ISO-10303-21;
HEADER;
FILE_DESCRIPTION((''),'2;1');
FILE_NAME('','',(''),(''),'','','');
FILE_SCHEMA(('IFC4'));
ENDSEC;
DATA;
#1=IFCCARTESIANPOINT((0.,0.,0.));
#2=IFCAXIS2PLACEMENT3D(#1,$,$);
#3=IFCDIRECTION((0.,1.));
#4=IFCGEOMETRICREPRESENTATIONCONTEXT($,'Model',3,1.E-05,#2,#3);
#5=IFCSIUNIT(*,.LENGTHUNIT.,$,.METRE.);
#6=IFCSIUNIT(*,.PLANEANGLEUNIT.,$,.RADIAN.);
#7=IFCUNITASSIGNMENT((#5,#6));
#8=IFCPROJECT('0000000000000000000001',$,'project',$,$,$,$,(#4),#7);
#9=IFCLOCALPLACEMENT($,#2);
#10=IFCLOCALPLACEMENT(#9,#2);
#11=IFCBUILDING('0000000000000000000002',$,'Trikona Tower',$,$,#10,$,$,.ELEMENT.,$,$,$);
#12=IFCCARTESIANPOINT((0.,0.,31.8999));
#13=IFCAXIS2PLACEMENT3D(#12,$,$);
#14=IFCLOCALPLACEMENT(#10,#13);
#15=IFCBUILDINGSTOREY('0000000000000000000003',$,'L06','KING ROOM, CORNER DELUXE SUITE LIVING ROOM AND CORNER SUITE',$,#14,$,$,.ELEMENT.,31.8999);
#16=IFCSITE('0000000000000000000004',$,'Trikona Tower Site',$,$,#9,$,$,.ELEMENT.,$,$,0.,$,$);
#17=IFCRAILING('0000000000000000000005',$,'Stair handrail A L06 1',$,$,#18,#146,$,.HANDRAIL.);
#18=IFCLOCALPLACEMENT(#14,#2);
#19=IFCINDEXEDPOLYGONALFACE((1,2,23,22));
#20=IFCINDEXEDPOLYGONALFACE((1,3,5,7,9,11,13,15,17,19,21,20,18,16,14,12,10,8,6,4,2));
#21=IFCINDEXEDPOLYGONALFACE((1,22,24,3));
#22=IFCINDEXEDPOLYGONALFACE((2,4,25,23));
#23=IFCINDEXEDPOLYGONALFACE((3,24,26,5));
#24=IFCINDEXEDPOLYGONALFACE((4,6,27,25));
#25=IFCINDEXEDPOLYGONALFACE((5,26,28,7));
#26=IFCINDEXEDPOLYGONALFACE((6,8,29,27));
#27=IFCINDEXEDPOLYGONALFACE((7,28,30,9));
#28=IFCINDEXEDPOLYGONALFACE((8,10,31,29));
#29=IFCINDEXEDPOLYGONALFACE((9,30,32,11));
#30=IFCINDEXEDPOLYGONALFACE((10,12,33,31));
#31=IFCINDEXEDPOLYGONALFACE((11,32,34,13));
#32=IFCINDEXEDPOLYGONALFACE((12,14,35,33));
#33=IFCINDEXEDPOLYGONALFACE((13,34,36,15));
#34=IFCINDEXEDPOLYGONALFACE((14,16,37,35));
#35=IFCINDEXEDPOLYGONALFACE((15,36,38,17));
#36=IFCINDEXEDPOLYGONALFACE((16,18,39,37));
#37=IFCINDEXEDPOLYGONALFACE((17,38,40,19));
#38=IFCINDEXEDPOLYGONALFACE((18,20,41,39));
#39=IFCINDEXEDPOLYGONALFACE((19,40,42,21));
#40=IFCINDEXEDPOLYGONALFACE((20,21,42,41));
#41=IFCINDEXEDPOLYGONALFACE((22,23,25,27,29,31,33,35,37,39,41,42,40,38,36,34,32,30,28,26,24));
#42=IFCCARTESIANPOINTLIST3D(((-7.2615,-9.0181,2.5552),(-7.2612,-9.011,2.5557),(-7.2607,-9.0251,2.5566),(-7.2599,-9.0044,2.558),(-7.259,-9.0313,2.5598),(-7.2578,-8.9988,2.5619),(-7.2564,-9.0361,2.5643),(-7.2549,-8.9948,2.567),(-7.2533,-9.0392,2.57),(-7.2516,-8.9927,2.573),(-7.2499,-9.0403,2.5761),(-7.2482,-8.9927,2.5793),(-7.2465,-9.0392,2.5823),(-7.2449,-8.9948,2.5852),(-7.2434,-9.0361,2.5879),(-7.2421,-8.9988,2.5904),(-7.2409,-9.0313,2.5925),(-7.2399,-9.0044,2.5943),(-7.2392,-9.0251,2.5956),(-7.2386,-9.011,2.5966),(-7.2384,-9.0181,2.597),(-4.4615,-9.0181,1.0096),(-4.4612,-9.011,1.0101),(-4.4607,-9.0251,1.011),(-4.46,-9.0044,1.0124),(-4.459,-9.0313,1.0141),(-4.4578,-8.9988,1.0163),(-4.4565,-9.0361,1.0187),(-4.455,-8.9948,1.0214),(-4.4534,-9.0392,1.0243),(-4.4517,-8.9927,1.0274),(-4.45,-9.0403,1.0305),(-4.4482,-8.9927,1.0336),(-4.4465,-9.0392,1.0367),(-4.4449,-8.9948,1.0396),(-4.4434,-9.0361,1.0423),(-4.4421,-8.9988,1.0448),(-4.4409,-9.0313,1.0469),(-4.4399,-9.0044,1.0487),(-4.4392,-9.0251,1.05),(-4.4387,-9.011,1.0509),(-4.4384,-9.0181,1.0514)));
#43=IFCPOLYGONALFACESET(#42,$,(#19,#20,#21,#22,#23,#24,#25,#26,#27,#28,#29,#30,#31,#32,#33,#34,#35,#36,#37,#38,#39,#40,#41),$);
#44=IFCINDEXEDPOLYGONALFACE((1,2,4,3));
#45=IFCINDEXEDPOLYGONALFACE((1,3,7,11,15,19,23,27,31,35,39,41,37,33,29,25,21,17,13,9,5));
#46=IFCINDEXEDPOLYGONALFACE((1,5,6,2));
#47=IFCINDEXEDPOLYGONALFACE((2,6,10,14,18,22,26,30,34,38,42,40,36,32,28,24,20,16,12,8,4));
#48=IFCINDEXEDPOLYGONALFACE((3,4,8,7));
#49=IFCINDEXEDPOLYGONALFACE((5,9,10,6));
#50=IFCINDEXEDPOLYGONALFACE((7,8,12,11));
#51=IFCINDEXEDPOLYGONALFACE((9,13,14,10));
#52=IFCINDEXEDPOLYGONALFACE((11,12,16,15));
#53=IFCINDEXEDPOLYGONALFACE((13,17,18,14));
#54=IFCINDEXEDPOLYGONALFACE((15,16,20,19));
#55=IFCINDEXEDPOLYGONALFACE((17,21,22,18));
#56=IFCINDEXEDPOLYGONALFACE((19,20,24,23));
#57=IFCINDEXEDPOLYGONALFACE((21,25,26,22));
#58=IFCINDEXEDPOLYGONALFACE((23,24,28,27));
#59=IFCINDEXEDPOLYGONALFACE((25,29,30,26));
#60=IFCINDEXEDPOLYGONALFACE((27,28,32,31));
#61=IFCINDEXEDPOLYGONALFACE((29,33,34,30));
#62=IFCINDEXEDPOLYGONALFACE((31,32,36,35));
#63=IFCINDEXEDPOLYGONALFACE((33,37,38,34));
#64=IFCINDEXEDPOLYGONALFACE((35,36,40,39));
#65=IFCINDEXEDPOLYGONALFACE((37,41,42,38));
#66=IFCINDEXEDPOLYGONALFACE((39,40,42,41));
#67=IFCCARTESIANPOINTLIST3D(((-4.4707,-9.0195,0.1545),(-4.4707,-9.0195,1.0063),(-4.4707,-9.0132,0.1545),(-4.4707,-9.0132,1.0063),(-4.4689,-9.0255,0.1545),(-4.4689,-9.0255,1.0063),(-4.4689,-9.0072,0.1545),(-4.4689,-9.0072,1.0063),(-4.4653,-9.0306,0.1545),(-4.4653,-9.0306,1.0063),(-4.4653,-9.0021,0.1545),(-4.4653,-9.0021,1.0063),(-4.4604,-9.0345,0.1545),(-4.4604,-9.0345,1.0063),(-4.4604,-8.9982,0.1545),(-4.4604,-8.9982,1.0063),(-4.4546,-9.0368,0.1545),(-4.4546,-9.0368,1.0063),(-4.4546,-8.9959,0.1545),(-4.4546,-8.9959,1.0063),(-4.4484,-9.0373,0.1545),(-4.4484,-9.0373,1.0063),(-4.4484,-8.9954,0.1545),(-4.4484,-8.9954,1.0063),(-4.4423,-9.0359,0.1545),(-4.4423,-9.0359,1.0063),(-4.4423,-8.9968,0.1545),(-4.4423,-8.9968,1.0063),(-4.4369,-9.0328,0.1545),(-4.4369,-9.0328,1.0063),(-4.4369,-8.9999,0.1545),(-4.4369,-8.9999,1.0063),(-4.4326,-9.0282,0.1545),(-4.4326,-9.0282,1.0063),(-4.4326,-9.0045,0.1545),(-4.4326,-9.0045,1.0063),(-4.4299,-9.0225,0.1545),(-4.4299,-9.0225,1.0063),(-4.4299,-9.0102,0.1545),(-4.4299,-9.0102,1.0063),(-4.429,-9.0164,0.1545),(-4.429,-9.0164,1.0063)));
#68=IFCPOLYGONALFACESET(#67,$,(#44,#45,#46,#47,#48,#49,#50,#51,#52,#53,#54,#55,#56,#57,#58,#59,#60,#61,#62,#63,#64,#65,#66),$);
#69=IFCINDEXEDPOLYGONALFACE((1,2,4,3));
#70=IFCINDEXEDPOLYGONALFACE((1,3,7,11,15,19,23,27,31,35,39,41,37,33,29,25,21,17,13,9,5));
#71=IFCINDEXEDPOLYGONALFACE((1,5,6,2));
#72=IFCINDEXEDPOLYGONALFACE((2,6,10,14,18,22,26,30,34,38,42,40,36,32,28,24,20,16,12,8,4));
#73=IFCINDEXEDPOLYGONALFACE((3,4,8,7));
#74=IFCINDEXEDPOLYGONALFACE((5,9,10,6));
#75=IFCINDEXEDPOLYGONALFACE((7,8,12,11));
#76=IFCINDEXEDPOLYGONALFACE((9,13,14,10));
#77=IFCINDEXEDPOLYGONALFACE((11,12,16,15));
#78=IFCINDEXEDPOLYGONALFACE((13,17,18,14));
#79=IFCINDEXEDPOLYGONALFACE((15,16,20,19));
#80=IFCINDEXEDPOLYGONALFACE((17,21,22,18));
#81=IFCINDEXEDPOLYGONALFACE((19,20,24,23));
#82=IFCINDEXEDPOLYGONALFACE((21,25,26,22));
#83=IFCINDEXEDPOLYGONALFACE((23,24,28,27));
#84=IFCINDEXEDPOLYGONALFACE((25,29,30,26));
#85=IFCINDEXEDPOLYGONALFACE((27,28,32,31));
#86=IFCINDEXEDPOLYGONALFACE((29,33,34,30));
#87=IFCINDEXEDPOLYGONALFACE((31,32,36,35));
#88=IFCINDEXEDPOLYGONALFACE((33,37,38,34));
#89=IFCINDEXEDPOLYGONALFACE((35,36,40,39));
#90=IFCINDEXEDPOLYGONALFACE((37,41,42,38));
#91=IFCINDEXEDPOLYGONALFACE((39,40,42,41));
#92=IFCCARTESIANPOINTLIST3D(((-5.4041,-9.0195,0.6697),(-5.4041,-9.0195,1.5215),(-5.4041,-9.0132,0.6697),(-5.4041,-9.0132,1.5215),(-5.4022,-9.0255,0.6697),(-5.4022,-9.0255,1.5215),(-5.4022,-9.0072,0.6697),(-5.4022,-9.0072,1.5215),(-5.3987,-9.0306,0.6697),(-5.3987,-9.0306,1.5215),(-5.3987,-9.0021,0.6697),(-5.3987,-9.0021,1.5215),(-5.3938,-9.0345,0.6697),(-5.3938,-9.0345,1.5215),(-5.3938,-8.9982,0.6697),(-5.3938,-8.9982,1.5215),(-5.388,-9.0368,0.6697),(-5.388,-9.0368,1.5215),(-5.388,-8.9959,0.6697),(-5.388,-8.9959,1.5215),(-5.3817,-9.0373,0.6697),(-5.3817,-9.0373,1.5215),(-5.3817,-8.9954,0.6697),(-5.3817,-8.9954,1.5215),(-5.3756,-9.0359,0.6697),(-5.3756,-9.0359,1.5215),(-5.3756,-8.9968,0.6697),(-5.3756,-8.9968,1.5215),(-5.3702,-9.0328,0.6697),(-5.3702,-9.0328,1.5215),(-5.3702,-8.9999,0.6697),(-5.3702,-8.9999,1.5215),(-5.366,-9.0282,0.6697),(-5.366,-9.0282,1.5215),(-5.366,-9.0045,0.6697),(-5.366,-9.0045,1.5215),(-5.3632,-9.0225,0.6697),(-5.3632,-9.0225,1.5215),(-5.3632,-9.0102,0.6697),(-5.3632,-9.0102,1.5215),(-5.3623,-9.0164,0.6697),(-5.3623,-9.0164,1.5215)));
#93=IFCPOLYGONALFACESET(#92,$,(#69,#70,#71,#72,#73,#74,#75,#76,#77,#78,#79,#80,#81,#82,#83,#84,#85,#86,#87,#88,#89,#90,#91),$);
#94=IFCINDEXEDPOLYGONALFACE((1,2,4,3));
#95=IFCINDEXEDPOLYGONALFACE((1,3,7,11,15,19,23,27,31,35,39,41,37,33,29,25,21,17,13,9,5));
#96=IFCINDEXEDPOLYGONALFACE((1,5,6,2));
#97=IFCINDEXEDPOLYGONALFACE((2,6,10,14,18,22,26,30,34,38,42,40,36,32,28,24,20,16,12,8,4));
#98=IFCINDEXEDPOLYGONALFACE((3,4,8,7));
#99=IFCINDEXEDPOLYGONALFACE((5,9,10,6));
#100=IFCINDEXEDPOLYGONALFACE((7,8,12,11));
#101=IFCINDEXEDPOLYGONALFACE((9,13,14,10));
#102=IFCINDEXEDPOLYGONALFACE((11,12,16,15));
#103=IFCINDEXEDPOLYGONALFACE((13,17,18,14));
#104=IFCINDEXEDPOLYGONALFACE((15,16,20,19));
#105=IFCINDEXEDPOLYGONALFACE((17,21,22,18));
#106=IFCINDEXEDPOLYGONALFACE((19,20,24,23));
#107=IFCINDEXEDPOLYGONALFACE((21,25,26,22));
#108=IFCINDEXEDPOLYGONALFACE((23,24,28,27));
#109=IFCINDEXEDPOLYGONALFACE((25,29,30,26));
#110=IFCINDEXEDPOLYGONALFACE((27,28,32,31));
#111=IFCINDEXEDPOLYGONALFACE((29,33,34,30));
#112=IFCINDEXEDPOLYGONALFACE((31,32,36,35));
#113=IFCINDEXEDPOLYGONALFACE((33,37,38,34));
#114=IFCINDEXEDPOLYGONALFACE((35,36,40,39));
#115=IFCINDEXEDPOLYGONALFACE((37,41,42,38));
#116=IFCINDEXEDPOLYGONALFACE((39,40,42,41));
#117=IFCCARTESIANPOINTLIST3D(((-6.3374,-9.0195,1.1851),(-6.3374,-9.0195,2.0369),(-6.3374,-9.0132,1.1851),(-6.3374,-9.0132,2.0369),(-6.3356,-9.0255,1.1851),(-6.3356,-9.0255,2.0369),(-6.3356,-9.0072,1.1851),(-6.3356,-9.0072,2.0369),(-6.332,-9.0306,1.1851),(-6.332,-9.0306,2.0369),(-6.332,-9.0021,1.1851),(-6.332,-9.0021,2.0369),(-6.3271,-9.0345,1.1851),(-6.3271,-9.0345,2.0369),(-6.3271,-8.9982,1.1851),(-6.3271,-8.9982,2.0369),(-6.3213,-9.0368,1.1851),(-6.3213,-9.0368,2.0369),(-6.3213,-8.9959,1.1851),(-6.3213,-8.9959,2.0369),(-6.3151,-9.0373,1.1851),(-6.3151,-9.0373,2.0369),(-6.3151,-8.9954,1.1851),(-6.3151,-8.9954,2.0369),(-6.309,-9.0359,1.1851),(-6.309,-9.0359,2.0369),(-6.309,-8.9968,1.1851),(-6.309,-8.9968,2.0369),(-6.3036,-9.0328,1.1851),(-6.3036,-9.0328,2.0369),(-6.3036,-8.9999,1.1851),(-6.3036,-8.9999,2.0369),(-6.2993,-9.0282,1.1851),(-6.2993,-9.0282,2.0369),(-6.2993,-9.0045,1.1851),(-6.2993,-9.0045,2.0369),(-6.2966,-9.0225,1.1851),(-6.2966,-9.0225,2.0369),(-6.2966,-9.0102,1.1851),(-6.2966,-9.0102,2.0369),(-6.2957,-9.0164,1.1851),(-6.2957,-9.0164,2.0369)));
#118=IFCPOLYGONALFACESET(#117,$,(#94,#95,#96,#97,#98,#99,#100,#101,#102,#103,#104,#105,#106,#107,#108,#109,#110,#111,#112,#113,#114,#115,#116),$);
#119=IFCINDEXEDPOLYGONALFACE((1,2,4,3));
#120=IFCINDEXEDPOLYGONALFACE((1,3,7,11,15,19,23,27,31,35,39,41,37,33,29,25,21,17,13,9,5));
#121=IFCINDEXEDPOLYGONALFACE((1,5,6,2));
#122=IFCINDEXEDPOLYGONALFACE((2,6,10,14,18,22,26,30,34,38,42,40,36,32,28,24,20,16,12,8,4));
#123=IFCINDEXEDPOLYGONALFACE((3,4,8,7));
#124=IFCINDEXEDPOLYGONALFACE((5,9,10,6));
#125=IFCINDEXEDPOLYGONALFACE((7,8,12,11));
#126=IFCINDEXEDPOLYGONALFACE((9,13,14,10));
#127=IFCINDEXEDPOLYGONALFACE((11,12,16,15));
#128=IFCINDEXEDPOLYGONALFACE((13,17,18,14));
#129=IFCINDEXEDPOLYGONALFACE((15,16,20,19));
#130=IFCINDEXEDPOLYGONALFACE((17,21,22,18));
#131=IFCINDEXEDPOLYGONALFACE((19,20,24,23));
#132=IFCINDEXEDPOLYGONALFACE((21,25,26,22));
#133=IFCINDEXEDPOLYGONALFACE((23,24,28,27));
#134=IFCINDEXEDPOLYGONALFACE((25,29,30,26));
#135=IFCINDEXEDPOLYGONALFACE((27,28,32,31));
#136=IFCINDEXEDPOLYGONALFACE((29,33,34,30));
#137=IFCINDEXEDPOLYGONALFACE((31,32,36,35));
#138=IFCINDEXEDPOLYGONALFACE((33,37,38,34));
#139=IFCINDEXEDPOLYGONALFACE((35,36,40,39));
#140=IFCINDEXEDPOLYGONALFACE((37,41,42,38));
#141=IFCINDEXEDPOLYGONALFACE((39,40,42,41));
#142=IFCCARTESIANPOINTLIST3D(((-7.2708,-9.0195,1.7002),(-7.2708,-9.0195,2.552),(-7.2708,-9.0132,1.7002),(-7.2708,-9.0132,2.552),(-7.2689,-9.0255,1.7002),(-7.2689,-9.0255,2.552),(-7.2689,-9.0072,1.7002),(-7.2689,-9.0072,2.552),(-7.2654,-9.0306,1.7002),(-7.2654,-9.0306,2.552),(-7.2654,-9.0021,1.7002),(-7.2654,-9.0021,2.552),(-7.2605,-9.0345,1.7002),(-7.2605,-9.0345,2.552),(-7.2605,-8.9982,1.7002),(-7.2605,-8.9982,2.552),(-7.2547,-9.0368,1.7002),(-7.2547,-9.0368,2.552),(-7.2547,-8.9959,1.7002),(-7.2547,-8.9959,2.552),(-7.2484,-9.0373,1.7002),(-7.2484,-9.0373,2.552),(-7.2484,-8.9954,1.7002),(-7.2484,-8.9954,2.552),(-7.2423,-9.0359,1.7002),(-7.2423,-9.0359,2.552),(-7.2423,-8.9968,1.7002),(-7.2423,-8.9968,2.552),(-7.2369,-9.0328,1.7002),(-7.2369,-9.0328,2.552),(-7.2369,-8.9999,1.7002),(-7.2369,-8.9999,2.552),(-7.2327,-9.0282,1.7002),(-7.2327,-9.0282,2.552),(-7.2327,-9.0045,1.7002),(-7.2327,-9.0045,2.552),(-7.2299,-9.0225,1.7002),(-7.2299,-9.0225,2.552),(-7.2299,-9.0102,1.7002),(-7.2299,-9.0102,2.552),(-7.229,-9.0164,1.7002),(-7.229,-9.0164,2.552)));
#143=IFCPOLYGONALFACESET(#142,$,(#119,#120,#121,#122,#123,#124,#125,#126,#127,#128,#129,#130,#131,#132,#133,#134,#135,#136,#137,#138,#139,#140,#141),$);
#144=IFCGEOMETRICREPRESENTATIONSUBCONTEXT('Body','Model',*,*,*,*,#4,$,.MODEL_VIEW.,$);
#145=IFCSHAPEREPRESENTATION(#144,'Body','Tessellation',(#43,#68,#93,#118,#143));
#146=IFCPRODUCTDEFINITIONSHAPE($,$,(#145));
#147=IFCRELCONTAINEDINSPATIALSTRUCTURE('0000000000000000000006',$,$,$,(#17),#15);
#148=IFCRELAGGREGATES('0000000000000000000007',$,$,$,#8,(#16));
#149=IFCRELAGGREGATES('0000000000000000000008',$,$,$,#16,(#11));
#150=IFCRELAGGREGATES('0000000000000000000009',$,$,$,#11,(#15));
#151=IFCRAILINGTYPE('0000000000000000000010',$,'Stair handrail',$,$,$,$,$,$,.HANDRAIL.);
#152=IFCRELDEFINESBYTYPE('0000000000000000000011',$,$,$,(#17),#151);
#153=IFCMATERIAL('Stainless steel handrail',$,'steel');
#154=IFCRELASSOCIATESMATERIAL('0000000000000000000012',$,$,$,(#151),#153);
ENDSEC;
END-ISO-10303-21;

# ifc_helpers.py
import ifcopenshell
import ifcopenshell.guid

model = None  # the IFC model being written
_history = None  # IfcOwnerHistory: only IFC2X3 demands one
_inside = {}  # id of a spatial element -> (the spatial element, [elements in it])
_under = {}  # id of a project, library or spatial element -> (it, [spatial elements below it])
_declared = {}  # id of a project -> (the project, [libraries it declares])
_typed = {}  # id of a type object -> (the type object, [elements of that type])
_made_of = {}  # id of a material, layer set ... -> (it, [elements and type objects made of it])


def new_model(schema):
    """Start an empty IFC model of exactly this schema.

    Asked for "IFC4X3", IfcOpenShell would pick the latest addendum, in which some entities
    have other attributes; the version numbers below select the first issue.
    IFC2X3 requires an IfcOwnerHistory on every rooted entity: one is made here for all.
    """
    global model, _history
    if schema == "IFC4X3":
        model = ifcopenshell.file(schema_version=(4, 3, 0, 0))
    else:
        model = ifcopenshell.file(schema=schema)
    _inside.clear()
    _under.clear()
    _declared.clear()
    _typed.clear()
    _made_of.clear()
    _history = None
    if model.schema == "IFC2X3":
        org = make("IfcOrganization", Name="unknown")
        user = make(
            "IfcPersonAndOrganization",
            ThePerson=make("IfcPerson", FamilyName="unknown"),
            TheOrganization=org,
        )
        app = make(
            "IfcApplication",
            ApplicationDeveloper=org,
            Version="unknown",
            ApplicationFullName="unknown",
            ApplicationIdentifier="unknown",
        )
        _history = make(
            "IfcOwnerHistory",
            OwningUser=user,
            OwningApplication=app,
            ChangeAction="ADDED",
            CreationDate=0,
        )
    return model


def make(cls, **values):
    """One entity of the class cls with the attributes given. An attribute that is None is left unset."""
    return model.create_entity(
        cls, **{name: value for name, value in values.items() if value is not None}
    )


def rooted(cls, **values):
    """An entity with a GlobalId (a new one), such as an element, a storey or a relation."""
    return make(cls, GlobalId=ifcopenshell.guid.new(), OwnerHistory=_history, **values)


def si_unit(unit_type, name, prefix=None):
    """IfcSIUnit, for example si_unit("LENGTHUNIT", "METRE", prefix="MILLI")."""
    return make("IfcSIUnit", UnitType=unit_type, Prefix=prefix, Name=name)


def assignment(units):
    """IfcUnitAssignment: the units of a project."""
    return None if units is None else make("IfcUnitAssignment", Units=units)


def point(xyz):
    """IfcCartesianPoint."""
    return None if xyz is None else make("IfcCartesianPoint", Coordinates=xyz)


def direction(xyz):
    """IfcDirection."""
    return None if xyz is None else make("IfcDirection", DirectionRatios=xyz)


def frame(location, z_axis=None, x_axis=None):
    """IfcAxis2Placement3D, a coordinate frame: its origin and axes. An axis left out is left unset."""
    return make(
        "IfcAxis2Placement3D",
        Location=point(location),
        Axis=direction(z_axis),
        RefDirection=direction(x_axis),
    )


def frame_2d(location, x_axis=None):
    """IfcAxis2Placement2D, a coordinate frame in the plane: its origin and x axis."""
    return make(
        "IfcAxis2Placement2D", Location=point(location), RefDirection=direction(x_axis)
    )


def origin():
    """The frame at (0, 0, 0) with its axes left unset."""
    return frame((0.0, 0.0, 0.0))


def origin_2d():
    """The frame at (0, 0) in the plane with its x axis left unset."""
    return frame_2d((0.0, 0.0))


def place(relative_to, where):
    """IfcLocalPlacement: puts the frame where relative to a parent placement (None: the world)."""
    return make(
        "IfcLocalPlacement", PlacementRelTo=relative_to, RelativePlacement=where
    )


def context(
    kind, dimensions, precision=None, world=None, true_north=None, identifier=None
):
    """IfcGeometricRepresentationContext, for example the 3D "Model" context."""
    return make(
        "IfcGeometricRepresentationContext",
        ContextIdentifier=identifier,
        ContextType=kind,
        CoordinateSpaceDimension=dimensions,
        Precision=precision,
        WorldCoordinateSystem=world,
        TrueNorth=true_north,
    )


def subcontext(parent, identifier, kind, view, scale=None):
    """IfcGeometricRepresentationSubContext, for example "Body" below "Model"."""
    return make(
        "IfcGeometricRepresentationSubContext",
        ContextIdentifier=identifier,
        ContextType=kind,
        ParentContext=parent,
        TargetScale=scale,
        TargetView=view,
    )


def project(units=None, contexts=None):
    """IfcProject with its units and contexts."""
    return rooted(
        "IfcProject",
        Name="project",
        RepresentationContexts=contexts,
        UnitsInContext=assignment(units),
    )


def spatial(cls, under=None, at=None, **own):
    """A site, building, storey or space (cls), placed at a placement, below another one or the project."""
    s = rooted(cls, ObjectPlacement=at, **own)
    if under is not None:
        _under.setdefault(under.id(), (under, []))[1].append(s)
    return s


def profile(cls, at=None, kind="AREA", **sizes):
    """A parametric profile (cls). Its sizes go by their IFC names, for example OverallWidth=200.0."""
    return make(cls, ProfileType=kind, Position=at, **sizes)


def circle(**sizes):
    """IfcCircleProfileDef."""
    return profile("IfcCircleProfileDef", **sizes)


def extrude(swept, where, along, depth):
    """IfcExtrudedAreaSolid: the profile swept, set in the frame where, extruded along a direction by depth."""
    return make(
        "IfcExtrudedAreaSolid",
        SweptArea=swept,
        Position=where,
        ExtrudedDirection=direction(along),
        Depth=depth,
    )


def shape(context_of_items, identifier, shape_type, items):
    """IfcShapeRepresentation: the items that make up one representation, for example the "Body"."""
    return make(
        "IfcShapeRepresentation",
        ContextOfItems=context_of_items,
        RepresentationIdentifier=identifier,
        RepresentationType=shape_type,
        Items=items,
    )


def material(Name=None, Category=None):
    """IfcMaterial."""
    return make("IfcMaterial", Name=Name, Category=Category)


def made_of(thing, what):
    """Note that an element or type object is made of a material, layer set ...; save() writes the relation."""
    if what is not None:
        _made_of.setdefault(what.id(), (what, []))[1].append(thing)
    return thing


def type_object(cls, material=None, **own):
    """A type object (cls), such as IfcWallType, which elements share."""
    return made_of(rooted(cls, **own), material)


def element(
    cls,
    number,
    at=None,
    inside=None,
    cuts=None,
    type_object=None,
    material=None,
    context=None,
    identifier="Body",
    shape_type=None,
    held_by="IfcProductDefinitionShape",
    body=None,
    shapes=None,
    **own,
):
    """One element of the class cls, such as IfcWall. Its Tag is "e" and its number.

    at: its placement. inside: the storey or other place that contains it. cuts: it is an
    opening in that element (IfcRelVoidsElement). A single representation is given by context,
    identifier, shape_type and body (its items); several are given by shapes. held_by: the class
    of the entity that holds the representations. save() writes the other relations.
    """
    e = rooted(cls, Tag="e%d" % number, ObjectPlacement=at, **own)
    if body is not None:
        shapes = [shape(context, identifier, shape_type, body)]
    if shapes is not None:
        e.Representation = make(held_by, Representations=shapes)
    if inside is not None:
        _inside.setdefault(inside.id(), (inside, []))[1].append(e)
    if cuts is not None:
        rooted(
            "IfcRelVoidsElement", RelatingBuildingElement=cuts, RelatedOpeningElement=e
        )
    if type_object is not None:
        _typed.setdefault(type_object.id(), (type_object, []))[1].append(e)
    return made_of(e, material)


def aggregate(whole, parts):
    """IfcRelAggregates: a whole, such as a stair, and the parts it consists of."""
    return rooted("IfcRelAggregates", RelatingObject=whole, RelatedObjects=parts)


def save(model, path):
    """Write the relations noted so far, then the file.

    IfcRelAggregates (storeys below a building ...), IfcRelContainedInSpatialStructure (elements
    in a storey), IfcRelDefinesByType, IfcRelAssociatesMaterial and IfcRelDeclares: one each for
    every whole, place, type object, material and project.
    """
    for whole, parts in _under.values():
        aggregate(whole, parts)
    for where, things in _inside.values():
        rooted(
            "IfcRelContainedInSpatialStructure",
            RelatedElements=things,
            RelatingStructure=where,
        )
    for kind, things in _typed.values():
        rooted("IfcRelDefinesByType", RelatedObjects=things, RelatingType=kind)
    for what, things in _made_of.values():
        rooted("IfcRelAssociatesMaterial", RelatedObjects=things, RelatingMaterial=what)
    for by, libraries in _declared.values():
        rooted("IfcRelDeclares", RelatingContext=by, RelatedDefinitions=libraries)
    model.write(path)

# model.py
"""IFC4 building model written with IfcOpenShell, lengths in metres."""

from ifc_helpers import new_model, si_unit, direction, frame, origin, origin_2d, place, context, subcontext, project, spatial, circle, extrude, material, type_object, element, save


model = new_model("IFC4")

# Units and contexts
model_context = context("Model", 3, precision=1e-05, world=origin(), true_north=direction((0.0, 1.0)))
body_context = subcontext(model_context, "Body", "Model", "MODEL_VIEW")
ifc_project = project(units=[si_unit("LENGTHUNIT", "METRE"), si_unit("PLANEANGLEUNIT", "RADIAN")], contexts=[model_context])

# Site, building, storey
site_placement = place(None, origin())
site = spatial("IfcSite", under=ifc_project, at=site_placement, Name="Trikona Tower Site", CompositionType="ELEMENT", RefElevation=0.0)
building_placement = place(site_placement, origin())
building = spatial("IfcBuilding", under=site, at=building_placement, Name="Trikona Tower", CompositionType="ELEMENT")
storey_placement = place(building_placement, frame((0.0, 0.0, 31.8999)))
storey = spatial("IfcBuildingStorey", under=building, at=storey_placement, Name="L06", Description="KING ROOM, CORNER DELUXE SUITE LIVING ROOM AND CORNER SUITE", CompositionType="ELEMENT", Elevation=31.8999)

# Railing
ifc_material_1 = material(Name="Stainless steel handrail", Category="steel")
railing_type = type_object("IfcRailingType", Name="Stair handrail", PredefinedType="HANDRAIL", material=ifc_material_1)
railing_placement = place(storey_placement, frame((-4.45, -9.0164, 0.1545)))
element("IfcRailing", 1, at=railing_placement, inside=storey, type_object=railing_type, Name="Stair handrail A L06 1", PredefinedType="HANDRAIL", context=body_context, shape_type="SweptSolid", body=[
    extrude(circle(Radius=0.0239, at=origin_2d()), frame((0.0, 0.0, 0.876), z_axis=(-0.875472, 0.0, 0.483269), x_axis=(0.0, -1.0, 0.0)), (0.0, 0.0, 1.0), 3.1982),
    extrude(circle(Radius=0.021, at=origin_2d()), origin(), (0.0, 0.0, 1.0), 0.8518),
    extrude(circle(Radius=0.021, at=origin_2d()), frame((-0.9333, 0.0, 0.5151)), (0.0, 0.0, 1.0), 0.8518),
    extrude(circle(Radius=0.021, at=origin_2d()), frame((-1.8667, 0.0, 1.0305)), (0.0, 0.0, 1.0), 0.8518),
    extrude(circle(Radius=0.021, at=origin_2d()), frame((-2.8, 0.0, 1.5457)), (0.0, 0.0, 1.0), 0.8518),
])

save(model, "model.ifc")
